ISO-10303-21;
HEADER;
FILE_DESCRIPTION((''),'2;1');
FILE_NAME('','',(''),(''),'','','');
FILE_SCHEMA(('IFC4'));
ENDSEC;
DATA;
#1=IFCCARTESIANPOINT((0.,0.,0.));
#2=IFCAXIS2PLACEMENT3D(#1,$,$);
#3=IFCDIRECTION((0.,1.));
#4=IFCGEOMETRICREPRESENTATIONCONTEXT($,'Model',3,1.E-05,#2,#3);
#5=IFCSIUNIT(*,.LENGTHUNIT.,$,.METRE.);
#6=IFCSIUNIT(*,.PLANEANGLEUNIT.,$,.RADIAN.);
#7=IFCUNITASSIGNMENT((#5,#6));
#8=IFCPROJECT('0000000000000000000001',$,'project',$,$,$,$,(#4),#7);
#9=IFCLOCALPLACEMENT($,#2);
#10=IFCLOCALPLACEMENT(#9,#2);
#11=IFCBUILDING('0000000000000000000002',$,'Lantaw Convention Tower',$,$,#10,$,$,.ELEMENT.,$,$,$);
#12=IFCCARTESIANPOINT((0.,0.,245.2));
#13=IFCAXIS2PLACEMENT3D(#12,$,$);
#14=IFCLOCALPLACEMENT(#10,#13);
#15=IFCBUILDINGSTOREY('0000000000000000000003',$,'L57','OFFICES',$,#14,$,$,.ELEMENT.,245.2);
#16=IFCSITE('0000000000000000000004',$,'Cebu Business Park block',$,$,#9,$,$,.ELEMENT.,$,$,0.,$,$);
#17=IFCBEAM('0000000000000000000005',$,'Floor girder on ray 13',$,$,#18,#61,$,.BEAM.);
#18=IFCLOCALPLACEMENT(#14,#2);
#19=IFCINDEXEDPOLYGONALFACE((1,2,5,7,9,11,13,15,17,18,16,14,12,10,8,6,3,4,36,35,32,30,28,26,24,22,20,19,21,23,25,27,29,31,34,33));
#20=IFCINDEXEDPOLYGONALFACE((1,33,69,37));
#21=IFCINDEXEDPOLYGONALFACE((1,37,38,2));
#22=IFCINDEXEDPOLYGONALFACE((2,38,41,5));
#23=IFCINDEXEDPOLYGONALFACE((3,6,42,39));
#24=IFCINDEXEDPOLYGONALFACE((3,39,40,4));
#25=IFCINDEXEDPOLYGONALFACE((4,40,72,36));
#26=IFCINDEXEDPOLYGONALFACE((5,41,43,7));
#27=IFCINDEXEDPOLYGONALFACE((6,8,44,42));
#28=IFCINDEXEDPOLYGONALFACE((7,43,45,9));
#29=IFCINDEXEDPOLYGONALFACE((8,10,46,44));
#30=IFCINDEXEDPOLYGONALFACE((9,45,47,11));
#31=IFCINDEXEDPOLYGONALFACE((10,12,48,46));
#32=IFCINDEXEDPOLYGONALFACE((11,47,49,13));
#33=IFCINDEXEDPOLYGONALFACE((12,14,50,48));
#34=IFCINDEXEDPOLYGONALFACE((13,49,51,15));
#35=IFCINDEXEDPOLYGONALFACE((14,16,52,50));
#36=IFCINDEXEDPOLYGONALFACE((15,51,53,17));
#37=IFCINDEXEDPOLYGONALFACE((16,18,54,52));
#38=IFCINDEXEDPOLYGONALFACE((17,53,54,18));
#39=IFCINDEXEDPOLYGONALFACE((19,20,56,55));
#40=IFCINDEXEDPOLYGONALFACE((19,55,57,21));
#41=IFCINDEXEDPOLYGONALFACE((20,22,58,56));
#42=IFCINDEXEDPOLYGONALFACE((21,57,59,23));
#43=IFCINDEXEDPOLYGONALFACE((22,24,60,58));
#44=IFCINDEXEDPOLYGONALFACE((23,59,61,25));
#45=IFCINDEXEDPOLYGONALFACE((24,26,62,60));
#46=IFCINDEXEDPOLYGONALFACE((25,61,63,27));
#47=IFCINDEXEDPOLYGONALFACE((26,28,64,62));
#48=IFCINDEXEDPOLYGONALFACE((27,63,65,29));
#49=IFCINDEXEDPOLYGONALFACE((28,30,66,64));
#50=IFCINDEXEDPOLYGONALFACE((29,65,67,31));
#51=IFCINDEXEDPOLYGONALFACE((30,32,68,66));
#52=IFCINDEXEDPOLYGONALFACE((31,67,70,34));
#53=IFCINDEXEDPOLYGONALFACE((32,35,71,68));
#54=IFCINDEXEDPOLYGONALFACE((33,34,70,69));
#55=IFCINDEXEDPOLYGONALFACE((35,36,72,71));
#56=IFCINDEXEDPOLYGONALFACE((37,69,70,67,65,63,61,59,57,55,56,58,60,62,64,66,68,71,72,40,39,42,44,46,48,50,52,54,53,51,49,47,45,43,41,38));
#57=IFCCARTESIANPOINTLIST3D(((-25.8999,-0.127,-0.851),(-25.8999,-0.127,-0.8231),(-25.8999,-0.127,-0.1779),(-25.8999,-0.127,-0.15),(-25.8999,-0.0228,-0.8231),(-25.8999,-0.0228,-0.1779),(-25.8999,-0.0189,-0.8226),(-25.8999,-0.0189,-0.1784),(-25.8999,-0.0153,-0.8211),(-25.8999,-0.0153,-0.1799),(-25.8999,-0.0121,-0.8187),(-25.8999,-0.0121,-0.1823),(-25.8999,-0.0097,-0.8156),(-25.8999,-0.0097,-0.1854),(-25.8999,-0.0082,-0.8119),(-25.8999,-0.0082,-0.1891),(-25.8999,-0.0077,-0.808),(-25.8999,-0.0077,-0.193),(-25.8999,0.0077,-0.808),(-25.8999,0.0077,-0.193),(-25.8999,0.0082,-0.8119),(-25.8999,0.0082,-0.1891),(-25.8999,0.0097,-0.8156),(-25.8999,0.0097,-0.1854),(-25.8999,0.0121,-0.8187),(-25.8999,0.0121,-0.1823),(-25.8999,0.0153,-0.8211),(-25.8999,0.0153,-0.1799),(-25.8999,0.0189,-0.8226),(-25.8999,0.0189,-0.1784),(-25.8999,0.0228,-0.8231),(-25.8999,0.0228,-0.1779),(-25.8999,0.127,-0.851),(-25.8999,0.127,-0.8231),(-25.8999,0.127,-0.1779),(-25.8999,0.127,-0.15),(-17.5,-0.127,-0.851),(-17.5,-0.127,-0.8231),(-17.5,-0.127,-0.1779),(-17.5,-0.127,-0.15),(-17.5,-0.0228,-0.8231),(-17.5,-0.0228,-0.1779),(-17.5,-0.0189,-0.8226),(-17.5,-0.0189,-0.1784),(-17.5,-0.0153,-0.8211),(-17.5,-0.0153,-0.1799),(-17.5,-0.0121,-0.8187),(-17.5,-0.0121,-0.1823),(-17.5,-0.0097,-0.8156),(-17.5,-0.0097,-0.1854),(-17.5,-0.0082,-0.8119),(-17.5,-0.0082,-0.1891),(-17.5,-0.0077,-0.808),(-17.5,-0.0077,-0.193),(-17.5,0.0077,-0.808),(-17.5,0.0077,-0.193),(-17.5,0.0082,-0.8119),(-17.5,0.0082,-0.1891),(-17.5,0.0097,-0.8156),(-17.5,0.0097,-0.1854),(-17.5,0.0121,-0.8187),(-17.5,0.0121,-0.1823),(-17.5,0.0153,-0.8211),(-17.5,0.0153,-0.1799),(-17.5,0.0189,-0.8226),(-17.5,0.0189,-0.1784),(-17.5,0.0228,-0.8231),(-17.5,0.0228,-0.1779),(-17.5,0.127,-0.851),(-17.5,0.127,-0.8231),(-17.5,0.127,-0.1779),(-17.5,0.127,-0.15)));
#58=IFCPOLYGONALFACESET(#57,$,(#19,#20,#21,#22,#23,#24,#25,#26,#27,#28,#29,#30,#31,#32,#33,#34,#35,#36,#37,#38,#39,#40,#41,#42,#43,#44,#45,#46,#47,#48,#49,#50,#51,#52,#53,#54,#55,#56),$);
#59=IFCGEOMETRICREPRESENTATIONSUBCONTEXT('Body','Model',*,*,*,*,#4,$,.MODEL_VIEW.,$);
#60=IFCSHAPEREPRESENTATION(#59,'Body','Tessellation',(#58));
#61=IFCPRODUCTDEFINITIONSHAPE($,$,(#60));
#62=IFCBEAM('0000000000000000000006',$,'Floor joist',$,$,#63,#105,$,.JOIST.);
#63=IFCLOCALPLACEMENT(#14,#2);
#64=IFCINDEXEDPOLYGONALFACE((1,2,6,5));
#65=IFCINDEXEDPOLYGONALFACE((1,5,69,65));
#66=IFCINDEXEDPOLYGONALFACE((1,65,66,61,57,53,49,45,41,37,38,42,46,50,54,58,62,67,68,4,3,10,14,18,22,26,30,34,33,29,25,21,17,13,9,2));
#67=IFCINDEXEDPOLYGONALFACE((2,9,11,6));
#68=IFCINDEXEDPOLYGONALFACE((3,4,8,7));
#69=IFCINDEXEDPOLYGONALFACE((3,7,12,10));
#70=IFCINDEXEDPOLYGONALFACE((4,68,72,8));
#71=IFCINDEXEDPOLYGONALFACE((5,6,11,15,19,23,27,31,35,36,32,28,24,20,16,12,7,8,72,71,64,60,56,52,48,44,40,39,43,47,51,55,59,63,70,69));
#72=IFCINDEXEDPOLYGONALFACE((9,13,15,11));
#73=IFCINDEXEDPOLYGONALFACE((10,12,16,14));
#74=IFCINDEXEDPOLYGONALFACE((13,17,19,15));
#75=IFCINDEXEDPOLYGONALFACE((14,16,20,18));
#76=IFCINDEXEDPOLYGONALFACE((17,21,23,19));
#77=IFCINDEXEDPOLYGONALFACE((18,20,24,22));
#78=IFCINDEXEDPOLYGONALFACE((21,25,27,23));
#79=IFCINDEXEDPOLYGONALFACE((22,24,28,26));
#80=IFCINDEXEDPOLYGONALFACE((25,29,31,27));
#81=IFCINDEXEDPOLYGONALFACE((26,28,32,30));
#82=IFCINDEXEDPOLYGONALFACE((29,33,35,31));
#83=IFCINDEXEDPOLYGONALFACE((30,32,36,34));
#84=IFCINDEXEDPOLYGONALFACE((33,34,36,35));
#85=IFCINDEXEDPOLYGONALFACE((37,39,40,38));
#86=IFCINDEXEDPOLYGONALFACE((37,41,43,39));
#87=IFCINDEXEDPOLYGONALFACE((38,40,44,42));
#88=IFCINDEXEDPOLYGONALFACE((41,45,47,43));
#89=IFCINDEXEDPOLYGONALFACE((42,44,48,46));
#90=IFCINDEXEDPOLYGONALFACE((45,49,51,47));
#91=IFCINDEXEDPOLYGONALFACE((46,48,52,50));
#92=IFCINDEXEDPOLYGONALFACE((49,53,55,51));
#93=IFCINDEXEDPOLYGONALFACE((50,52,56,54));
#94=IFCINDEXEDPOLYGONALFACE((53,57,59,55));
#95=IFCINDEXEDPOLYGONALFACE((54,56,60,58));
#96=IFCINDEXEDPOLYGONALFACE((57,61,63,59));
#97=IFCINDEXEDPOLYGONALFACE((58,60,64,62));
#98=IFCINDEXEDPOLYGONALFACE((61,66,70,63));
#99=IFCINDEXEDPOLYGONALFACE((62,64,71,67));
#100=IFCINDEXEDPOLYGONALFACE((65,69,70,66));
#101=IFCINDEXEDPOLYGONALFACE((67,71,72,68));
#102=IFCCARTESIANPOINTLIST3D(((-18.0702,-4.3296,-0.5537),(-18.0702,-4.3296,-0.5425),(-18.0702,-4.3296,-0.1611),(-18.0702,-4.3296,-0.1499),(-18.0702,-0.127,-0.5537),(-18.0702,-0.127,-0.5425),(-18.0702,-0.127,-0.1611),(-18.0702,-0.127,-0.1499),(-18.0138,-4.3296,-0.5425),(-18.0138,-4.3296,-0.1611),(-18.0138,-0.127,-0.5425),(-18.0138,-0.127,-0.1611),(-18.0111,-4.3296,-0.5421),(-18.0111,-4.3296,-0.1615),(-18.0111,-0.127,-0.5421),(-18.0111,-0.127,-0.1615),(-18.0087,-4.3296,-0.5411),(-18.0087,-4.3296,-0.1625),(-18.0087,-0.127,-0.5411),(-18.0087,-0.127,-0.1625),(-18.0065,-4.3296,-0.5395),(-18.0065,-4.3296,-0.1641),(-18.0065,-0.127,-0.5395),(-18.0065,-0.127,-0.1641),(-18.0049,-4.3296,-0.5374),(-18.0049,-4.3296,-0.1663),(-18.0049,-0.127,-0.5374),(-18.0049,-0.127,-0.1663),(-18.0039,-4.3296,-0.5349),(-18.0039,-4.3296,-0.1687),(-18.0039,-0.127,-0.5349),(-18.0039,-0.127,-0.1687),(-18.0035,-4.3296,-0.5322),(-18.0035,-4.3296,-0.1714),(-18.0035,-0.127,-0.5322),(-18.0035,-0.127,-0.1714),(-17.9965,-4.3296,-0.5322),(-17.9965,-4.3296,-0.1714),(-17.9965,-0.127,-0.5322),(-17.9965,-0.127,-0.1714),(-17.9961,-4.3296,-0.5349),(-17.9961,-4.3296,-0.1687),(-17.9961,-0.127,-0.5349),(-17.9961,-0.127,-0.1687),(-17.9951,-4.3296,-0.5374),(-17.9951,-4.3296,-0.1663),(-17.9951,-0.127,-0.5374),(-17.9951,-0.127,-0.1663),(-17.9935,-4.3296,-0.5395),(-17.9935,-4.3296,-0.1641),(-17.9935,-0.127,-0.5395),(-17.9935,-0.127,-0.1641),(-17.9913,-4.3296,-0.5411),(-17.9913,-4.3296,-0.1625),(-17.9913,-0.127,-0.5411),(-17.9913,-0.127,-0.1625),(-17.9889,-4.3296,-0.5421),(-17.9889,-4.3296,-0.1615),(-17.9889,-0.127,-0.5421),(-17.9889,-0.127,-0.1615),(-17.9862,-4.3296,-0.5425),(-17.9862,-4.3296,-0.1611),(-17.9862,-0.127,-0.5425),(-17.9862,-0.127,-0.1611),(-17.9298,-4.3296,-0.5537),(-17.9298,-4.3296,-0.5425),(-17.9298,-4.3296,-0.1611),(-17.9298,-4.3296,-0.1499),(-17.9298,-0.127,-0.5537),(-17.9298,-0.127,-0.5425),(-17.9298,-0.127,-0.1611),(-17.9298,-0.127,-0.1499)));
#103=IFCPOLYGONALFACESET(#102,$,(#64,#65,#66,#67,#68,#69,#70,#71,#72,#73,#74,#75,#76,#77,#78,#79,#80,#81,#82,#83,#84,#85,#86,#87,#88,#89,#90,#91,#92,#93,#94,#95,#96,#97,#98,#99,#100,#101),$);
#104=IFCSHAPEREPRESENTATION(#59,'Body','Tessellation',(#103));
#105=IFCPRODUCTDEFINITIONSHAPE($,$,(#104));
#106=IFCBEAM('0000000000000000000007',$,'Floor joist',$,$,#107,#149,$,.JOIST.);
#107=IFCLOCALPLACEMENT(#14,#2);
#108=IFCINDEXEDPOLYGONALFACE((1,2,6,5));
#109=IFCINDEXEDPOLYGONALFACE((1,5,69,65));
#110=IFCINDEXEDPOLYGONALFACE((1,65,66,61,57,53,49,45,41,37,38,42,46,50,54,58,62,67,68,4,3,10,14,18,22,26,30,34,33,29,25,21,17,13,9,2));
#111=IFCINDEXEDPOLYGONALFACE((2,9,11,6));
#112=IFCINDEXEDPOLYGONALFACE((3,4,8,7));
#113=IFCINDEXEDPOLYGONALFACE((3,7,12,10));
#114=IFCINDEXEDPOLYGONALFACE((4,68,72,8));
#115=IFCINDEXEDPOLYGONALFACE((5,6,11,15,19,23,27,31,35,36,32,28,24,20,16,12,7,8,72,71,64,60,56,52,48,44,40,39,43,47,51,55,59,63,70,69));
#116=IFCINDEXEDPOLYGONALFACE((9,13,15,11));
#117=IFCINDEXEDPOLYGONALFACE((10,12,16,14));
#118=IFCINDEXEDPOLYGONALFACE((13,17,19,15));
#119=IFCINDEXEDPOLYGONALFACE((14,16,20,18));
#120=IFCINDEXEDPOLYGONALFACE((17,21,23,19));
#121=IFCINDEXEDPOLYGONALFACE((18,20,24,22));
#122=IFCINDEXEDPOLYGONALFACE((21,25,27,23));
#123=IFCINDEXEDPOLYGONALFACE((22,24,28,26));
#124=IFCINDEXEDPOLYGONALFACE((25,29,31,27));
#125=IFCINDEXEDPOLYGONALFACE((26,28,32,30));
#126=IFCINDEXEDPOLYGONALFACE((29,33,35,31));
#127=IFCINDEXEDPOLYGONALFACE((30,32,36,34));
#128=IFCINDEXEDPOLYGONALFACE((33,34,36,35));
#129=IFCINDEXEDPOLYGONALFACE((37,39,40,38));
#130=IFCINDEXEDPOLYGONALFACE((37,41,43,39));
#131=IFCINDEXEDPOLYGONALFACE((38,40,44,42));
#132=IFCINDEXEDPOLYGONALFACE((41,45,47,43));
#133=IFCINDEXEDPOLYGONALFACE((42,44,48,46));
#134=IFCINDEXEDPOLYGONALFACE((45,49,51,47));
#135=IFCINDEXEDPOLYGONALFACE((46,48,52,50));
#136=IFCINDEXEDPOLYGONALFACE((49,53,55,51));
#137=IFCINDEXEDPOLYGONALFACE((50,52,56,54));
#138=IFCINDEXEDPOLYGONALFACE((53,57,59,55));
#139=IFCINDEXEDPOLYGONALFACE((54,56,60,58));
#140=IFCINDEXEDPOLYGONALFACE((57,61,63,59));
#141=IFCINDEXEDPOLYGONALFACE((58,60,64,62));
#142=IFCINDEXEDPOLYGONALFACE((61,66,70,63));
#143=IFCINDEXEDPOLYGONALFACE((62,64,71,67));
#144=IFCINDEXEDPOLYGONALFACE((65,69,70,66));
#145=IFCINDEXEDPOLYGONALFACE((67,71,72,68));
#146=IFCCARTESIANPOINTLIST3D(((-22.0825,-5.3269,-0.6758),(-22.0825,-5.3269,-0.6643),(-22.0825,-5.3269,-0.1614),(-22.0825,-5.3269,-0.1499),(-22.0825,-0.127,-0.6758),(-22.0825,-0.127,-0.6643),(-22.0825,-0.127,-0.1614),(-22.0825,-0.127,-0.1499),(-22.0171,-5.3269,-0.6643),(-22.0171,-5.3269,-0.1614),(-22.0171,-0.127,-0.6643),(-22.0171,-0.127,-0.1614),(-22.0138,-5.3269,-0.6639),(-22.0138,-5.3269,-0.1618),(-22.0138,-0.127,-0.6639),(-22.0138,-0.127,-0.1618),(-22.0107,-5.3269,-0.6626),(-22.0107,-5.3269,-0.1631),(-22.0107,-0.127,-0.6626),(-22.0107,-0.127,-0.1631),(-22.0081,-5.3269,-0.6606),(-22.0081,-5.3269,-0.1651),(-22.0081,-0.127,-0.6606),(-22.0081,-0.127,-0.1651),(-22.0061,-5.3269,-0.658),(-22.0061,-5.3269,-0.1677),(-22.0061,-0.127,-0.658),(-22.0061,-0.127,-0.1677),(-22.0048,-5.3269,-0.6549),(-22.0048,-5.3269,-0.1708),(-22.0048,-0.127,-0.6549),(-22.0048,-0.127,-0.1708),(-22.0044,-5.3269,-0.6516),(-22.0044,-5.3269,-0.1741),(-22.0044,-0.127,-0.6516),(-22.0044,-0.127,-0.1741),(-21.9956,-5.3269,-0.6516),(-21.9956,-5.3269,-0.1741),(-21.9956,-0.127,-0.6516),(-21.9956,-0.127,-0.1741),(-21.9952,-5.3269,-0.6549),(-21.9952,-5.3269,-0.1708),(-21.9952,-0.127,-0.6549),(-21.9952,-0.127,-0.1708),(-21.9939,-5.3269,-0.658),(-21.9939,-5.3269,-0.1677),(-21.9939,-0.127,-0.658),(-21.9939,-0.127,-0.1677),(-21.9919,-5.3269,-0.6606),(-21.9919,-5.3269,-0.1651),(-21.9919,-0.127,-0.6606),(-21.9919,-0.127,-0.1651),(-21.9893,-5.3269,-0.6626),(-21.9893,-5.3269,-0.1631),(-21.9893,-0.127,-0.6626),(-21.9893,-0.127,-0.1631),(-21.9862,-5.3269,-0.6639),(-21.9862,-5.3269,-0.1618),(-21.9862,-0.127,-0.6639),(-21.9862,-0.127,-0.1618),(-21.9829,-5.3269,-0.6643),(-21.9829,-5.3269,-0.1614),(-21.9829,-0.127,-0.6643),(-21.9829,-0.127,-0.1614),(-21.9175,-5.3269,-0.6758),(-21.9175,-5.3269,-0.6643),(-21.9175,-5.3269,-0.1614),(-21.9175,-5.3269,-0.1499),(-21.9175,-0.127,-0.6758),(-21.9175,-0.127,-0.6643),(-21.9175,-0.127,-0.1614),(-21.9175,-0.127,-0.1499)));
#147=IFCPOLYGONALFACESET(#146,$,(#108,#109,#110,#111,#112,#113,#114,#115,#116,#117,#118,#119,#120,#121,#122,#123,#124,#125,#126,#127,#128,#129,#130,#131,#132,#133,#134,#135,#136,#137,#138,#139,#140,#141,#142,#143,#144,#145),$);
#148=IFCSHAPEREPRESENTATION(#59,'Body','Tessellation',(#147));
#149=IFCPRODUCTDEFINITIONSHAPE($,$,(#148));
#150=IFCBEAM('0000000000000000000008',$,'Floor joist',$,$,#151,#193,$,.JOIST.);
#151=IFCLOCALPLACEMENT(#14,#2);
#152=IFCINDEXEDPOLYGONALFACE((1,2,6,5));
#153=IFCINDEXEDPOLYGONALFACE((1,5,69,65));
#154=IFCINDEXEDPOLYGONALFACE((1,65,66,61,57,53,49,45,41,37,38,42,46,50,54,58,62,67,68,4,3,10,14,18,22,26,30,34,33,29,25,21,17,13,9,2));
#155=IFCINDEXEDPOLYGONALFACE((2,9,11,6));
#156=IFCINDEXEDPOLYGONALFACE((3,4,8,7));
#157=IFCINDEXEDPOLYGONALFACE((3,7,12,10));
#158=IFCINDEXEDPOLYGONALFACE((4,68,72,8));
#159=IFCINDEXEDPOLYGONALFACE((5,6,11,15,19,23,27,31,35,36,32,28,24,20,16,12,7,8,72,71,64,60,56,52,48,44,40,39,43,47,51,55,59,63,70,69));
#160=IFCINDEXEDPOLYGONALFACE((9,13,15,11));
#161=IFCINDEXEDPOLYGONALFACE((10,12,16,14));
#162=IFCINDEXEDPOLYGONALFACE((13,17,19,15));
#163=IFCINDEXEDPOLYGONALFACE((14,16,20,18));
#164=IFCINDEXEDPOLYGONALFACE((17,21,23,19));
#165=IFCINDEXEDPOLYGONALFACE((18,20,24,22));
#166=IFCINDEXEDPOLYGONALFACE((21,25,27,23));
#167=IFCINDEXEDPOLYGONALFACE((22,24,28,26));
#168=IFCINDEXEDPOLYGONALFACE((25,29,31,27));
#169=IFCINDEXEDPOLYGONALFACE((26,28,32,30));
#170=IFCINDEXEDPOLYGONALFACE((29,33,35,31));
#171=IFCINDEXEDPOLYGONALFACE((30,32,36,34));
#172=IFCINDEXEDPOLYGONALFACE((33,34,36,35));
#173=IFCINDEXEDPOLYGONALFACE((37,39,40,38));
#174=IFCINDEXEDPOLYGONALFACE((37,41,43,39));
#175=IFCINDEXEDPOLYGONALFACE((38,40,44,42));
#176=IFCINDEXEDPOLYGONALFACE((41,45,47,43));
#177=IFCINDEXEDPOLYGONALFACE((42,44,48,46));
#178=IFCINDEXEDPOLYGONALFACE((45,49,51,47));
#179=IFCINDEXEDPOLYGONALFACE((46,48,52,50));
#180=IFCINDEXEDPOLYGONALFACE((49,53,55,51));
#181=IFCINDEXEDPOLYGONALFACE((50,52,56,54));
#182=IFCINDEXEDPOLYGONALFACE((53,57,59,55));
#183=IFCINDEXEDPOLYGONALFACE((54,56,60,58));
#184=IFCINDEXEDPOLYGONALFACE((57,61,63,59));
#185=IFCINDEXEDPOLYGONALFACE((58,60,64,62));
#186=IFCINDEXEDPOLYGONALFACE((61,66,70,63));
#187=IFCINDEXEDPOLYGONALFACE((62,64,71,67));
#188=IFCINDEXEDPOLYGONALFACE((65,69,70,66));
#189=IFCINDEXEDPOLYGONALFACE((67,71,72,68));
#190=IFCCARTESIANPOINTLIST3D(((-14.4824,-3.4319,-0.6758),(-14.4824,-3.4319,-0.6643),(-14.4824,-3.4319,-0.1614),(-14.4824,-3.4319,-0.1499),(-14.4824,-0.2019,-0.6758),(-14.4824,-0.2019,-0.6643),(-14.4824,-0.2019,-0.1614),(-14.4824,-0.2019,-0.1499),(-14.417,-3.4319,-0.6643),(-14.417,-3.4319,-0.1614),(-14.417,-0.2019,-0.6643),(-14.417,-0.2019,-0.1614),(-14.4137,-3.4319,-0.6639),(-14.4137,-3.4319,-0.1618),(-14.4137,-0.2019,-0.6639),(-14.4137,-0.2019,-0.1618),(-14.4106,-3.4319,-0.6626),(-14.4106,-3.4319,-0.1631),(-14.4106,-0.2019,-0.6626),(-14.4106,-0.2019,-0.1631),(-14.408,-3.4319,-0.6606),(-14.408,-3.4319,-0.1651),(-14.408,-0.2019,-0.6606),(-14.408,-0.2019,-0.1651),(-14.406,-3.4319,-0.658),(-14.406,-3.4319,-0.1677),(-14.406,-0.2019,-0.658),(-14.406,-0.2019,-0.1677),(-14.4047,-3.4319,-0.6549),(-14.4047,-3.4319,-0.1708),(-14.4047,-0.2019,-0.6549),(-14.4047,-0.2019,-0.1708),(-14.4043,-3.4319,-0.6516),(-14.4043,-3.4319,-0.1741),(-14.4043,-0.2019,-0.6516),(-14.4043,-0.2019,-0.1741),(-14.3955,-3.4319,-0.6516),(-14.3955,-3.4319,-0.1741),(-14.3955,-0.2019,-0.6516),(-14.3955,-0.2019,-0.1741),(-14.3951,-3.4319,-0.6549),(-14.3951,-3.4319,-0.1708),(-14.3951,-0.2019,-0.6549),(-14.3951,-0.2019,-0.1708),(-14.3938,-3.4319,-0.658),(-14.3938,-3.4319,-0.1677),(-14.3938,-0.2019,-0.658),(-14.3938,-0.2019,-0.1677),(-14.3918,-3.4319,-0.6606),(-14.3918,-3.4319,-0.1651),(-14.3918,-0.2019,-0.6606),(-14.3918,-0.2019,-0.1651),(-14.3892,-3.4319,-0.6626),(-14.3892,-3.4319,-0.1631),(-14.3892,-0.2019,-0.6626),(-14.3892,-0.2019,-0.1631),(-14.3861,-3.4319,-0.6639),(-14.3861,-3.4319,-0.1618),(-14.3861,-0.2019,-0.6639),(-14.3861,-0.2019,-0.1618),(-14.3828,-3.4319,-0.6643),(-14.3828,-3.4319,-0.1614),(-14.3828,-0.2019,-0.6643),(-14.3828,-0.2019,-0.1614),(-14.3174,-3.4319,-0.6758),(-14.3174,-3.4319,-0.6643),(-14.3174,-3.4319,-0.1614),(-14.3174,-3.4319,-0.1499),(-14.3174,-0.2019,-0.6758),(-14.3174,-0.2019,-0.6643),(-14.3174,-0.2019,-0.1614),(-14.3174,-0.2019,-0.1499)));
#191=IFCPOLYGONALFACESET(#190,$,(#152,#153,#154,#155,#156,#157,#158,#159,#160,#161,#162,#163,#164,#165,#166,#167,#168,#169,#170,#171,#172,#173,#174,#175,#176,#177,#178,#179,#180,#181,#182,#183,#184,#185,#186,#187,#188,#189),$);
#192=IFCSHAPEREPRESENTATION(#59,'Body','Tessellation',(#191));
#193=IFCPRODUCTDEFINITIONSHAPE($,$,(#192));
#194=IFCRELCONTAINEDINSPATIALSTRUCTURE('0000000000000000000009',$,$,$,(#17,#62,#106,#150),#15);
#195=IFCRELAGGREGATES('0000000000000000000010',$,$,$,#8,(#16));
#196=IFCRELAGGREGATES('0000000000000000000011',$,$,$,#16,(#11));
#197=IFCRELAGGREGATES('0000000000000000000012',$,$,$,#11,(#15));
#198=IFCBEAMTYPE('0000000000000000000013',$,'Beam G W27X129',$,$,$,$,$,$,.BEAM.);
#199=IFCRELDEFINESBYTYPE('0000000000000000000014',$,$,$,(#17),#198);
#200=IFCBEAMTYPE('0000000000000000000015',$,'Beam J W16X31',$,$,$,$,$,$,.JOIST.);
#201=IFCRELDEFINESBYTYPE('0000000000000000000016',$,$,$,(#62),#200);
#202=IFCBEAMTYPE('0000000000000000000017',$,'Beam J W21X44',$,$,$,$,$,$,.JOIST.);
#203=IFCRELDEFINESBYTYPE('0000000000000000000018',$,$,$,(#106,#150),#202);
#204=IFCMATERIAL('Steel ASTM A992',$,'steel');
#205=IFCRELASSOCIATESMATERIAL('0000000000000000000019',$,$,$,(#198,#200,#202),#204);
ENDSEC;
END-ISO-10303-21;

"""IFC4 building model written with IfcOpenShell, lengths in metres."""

from ifc_helpers import new_model, si_unit, direction, frame, origin, origin_2d, place, context, subcontext, project, spatial, i_section, extrude, material, material_profile, profile_set, type_object, element, save


model = new_model("IFC4")

# Units and contexts
model_context = context("Model", 3, precision=1e-05, world=origin(), true_north=direction((0.0, 1.0)))
body_context = subcontext(model_context, "Body", "Model", "MODEL_VIEW")
ifc_project = project(units=[si_unit("LENGTHUNIT", "METRE"), si_unit("PLANEANGLEUNIT", "RADIAN")], contexts=[model_context])

# Site, building, storey
site_placement = place(None, origin())
site = spatial("IfcSite", under=ifc_project, at=site_placement, Name="Cebu Business Park block", CompositionType="ELEMENT", RefElevation=0.0)
building_placement = place(site_placement, origin())
building = spatial("IfcBuilding", under=site, at=building_placement, Name="Lantaw Convention Tower", CompositionType="ELEMENT")
storey_placement = place(building_placement, frame((0.0, 0.0, 245.2)))
storey = spatial("IfcBuildingStorey", under=building, at=storey_placement, Name="L57", Description="OFFICES", CompositionType="ELEMENT", Elevation=245.2)

# Beams
ifc_material_1 = material(Name="Steel ASTM A992", Category="steel")
ifc_material_profile_1 = material_profile(ifc_material_1, i_section(OverallWidth=0.2539, OverallDepth=0.7009, WebThickness=0.0154, FlangeThickness=0.0278, FilletRadius=0.0151, at=origin_2d()), Name="W27X129")
ifc_profile_set_1 = profile_set([ifc_material_profile_1], Name="Steel ASTM A992")
beam_type_1 = type_object("IfcBeamType", Name="Beam G W27X129", PredefinedType="BEAM", material=ifc_profile_set_1)
beam_1_placement = place(storey_placement, frame((-17.5, 0.0, -0.5005), z_axis=(-1.0, 0.0, 0.0), x_axis=(0.0, -1.0, 0.0)))
element("IfcBeam", 1, at=beam_1_placement, inside=storey, type_object=beam_type_1, Name="Floor girder on ray 13", PredefinedType="BEAM", context=body_context, shape_type="SweptSolid", body=[
    extrude(i_section(OverallWidth=0.2539, OverallDepth=0.7009, WebThickness=0.0154, FlangeThickness=0.0278, FilletRadius=0.0151, at=origin_2d()), origin(), (0.0, 0.0, 1.0), 8.3999),
])
ifc_material_profile_2 = material_profile(ifc_material_1, i_section(OverallWidth=0.1404, OverallDepth=0.4038, WebThickness=0.0071, FlangeThickness=0.0112, FilletRadius=0.0103, at=origin_2d()), Name="W16X31")
ifc_profile_set_2 = profile_set([ifc_material_profile_2], Name="Steel ASTM A992")
beam_type_2 = type_object("IfcBeamType", Name="Beam J W16X31", PredefinedType="JOIST", material=ifc_profile_set_2)
beam_2_placement = place(storey_placement, frame((-18.0, -4.3296, -0.3518), z_axis=(0.0, 1.0, 0.0), x_axis=(-1.0, 0.0, 0.0)))
element("IfcBeam", 2, at=beam_2_placement, inside=storey, type_object=beam_type_2, Name="Floor joist", PredefinedType="JOIST", context=body_context, shape_type="SweptSolid", body=[
    extrude(i_section(OverallWidth=0.1404, OverallDepth=0.4038, WebThickness=0.0071, FlangeThickness=0.0112, FilletRadius=0.0103, at=origin_2d()), origin(), (0.0, 0.0, 1.0), 4.2026),
])
ifc_material_profile_3 = material_profile(ifc_material_1, i_section(OverallWidth=0.165, OverallDepth=0.5259, WebThickness=0.0088, FlangeThickness=0.0115, FilletRadius=0.0127, at=origin_2d()), Name="W21X44")
ifc_profile_set_3 = profile_set([ifc_material_profile_3], Name="Steel ASTM A992")
beam_type_3 = type_object("IfcBeamType", Name="Beam J W21X44", PredefinedType="JOIST", material=ifc_profile_set_3)
beam_3_placement = place(storey_placement, frame((-22.0, -5.3269, -0.4128), z_axis=(0.0, 1.0, 0.0), x_axis=(-1.0, 0.0, 0.0)))
element("IfcBeam", 3, at=beam_3_placement, inside=storey, type_object=beam_type_3, Name="Floor joist", PredefinedType="JOIST", context=body_context, shape_type="SweptSolid", body=[
    extrude(i_section(OverallWidth=0.165, OverallDepth=0.5259, WebThickness=0.0088, FlangeThickness=0.0115, FilletRadius=0.0127, at=origin_2d()), origin(), (0.0, 0.0, 1.0), 5.2),
])
beam_4_placement = place(storey_placement, frame((-14.3999, -3.4319, -0.4128), z_axis=(0.0, 1.0, 0.0), x_axis=(-1.0, 0.0, 0.0)))
element("IfcBeam", 4, at=beam_4_placement, inside=storey, type_object=beam_type_3, Name="Floor joist", PredefinedType="JOIST", context=body_context, shape_type="SweptSolid", body=[
    extrude(i_section(OverallWidth=0.165, OverallDepth=0.5259, WebThickness=0.0088, FlangeThickness=0.0115, FilletRadius=0.0127, at=origin_2d()), origin(), (0.0, 0.0, 1.0), 3.23),
])

save(model, "model.ifc")
